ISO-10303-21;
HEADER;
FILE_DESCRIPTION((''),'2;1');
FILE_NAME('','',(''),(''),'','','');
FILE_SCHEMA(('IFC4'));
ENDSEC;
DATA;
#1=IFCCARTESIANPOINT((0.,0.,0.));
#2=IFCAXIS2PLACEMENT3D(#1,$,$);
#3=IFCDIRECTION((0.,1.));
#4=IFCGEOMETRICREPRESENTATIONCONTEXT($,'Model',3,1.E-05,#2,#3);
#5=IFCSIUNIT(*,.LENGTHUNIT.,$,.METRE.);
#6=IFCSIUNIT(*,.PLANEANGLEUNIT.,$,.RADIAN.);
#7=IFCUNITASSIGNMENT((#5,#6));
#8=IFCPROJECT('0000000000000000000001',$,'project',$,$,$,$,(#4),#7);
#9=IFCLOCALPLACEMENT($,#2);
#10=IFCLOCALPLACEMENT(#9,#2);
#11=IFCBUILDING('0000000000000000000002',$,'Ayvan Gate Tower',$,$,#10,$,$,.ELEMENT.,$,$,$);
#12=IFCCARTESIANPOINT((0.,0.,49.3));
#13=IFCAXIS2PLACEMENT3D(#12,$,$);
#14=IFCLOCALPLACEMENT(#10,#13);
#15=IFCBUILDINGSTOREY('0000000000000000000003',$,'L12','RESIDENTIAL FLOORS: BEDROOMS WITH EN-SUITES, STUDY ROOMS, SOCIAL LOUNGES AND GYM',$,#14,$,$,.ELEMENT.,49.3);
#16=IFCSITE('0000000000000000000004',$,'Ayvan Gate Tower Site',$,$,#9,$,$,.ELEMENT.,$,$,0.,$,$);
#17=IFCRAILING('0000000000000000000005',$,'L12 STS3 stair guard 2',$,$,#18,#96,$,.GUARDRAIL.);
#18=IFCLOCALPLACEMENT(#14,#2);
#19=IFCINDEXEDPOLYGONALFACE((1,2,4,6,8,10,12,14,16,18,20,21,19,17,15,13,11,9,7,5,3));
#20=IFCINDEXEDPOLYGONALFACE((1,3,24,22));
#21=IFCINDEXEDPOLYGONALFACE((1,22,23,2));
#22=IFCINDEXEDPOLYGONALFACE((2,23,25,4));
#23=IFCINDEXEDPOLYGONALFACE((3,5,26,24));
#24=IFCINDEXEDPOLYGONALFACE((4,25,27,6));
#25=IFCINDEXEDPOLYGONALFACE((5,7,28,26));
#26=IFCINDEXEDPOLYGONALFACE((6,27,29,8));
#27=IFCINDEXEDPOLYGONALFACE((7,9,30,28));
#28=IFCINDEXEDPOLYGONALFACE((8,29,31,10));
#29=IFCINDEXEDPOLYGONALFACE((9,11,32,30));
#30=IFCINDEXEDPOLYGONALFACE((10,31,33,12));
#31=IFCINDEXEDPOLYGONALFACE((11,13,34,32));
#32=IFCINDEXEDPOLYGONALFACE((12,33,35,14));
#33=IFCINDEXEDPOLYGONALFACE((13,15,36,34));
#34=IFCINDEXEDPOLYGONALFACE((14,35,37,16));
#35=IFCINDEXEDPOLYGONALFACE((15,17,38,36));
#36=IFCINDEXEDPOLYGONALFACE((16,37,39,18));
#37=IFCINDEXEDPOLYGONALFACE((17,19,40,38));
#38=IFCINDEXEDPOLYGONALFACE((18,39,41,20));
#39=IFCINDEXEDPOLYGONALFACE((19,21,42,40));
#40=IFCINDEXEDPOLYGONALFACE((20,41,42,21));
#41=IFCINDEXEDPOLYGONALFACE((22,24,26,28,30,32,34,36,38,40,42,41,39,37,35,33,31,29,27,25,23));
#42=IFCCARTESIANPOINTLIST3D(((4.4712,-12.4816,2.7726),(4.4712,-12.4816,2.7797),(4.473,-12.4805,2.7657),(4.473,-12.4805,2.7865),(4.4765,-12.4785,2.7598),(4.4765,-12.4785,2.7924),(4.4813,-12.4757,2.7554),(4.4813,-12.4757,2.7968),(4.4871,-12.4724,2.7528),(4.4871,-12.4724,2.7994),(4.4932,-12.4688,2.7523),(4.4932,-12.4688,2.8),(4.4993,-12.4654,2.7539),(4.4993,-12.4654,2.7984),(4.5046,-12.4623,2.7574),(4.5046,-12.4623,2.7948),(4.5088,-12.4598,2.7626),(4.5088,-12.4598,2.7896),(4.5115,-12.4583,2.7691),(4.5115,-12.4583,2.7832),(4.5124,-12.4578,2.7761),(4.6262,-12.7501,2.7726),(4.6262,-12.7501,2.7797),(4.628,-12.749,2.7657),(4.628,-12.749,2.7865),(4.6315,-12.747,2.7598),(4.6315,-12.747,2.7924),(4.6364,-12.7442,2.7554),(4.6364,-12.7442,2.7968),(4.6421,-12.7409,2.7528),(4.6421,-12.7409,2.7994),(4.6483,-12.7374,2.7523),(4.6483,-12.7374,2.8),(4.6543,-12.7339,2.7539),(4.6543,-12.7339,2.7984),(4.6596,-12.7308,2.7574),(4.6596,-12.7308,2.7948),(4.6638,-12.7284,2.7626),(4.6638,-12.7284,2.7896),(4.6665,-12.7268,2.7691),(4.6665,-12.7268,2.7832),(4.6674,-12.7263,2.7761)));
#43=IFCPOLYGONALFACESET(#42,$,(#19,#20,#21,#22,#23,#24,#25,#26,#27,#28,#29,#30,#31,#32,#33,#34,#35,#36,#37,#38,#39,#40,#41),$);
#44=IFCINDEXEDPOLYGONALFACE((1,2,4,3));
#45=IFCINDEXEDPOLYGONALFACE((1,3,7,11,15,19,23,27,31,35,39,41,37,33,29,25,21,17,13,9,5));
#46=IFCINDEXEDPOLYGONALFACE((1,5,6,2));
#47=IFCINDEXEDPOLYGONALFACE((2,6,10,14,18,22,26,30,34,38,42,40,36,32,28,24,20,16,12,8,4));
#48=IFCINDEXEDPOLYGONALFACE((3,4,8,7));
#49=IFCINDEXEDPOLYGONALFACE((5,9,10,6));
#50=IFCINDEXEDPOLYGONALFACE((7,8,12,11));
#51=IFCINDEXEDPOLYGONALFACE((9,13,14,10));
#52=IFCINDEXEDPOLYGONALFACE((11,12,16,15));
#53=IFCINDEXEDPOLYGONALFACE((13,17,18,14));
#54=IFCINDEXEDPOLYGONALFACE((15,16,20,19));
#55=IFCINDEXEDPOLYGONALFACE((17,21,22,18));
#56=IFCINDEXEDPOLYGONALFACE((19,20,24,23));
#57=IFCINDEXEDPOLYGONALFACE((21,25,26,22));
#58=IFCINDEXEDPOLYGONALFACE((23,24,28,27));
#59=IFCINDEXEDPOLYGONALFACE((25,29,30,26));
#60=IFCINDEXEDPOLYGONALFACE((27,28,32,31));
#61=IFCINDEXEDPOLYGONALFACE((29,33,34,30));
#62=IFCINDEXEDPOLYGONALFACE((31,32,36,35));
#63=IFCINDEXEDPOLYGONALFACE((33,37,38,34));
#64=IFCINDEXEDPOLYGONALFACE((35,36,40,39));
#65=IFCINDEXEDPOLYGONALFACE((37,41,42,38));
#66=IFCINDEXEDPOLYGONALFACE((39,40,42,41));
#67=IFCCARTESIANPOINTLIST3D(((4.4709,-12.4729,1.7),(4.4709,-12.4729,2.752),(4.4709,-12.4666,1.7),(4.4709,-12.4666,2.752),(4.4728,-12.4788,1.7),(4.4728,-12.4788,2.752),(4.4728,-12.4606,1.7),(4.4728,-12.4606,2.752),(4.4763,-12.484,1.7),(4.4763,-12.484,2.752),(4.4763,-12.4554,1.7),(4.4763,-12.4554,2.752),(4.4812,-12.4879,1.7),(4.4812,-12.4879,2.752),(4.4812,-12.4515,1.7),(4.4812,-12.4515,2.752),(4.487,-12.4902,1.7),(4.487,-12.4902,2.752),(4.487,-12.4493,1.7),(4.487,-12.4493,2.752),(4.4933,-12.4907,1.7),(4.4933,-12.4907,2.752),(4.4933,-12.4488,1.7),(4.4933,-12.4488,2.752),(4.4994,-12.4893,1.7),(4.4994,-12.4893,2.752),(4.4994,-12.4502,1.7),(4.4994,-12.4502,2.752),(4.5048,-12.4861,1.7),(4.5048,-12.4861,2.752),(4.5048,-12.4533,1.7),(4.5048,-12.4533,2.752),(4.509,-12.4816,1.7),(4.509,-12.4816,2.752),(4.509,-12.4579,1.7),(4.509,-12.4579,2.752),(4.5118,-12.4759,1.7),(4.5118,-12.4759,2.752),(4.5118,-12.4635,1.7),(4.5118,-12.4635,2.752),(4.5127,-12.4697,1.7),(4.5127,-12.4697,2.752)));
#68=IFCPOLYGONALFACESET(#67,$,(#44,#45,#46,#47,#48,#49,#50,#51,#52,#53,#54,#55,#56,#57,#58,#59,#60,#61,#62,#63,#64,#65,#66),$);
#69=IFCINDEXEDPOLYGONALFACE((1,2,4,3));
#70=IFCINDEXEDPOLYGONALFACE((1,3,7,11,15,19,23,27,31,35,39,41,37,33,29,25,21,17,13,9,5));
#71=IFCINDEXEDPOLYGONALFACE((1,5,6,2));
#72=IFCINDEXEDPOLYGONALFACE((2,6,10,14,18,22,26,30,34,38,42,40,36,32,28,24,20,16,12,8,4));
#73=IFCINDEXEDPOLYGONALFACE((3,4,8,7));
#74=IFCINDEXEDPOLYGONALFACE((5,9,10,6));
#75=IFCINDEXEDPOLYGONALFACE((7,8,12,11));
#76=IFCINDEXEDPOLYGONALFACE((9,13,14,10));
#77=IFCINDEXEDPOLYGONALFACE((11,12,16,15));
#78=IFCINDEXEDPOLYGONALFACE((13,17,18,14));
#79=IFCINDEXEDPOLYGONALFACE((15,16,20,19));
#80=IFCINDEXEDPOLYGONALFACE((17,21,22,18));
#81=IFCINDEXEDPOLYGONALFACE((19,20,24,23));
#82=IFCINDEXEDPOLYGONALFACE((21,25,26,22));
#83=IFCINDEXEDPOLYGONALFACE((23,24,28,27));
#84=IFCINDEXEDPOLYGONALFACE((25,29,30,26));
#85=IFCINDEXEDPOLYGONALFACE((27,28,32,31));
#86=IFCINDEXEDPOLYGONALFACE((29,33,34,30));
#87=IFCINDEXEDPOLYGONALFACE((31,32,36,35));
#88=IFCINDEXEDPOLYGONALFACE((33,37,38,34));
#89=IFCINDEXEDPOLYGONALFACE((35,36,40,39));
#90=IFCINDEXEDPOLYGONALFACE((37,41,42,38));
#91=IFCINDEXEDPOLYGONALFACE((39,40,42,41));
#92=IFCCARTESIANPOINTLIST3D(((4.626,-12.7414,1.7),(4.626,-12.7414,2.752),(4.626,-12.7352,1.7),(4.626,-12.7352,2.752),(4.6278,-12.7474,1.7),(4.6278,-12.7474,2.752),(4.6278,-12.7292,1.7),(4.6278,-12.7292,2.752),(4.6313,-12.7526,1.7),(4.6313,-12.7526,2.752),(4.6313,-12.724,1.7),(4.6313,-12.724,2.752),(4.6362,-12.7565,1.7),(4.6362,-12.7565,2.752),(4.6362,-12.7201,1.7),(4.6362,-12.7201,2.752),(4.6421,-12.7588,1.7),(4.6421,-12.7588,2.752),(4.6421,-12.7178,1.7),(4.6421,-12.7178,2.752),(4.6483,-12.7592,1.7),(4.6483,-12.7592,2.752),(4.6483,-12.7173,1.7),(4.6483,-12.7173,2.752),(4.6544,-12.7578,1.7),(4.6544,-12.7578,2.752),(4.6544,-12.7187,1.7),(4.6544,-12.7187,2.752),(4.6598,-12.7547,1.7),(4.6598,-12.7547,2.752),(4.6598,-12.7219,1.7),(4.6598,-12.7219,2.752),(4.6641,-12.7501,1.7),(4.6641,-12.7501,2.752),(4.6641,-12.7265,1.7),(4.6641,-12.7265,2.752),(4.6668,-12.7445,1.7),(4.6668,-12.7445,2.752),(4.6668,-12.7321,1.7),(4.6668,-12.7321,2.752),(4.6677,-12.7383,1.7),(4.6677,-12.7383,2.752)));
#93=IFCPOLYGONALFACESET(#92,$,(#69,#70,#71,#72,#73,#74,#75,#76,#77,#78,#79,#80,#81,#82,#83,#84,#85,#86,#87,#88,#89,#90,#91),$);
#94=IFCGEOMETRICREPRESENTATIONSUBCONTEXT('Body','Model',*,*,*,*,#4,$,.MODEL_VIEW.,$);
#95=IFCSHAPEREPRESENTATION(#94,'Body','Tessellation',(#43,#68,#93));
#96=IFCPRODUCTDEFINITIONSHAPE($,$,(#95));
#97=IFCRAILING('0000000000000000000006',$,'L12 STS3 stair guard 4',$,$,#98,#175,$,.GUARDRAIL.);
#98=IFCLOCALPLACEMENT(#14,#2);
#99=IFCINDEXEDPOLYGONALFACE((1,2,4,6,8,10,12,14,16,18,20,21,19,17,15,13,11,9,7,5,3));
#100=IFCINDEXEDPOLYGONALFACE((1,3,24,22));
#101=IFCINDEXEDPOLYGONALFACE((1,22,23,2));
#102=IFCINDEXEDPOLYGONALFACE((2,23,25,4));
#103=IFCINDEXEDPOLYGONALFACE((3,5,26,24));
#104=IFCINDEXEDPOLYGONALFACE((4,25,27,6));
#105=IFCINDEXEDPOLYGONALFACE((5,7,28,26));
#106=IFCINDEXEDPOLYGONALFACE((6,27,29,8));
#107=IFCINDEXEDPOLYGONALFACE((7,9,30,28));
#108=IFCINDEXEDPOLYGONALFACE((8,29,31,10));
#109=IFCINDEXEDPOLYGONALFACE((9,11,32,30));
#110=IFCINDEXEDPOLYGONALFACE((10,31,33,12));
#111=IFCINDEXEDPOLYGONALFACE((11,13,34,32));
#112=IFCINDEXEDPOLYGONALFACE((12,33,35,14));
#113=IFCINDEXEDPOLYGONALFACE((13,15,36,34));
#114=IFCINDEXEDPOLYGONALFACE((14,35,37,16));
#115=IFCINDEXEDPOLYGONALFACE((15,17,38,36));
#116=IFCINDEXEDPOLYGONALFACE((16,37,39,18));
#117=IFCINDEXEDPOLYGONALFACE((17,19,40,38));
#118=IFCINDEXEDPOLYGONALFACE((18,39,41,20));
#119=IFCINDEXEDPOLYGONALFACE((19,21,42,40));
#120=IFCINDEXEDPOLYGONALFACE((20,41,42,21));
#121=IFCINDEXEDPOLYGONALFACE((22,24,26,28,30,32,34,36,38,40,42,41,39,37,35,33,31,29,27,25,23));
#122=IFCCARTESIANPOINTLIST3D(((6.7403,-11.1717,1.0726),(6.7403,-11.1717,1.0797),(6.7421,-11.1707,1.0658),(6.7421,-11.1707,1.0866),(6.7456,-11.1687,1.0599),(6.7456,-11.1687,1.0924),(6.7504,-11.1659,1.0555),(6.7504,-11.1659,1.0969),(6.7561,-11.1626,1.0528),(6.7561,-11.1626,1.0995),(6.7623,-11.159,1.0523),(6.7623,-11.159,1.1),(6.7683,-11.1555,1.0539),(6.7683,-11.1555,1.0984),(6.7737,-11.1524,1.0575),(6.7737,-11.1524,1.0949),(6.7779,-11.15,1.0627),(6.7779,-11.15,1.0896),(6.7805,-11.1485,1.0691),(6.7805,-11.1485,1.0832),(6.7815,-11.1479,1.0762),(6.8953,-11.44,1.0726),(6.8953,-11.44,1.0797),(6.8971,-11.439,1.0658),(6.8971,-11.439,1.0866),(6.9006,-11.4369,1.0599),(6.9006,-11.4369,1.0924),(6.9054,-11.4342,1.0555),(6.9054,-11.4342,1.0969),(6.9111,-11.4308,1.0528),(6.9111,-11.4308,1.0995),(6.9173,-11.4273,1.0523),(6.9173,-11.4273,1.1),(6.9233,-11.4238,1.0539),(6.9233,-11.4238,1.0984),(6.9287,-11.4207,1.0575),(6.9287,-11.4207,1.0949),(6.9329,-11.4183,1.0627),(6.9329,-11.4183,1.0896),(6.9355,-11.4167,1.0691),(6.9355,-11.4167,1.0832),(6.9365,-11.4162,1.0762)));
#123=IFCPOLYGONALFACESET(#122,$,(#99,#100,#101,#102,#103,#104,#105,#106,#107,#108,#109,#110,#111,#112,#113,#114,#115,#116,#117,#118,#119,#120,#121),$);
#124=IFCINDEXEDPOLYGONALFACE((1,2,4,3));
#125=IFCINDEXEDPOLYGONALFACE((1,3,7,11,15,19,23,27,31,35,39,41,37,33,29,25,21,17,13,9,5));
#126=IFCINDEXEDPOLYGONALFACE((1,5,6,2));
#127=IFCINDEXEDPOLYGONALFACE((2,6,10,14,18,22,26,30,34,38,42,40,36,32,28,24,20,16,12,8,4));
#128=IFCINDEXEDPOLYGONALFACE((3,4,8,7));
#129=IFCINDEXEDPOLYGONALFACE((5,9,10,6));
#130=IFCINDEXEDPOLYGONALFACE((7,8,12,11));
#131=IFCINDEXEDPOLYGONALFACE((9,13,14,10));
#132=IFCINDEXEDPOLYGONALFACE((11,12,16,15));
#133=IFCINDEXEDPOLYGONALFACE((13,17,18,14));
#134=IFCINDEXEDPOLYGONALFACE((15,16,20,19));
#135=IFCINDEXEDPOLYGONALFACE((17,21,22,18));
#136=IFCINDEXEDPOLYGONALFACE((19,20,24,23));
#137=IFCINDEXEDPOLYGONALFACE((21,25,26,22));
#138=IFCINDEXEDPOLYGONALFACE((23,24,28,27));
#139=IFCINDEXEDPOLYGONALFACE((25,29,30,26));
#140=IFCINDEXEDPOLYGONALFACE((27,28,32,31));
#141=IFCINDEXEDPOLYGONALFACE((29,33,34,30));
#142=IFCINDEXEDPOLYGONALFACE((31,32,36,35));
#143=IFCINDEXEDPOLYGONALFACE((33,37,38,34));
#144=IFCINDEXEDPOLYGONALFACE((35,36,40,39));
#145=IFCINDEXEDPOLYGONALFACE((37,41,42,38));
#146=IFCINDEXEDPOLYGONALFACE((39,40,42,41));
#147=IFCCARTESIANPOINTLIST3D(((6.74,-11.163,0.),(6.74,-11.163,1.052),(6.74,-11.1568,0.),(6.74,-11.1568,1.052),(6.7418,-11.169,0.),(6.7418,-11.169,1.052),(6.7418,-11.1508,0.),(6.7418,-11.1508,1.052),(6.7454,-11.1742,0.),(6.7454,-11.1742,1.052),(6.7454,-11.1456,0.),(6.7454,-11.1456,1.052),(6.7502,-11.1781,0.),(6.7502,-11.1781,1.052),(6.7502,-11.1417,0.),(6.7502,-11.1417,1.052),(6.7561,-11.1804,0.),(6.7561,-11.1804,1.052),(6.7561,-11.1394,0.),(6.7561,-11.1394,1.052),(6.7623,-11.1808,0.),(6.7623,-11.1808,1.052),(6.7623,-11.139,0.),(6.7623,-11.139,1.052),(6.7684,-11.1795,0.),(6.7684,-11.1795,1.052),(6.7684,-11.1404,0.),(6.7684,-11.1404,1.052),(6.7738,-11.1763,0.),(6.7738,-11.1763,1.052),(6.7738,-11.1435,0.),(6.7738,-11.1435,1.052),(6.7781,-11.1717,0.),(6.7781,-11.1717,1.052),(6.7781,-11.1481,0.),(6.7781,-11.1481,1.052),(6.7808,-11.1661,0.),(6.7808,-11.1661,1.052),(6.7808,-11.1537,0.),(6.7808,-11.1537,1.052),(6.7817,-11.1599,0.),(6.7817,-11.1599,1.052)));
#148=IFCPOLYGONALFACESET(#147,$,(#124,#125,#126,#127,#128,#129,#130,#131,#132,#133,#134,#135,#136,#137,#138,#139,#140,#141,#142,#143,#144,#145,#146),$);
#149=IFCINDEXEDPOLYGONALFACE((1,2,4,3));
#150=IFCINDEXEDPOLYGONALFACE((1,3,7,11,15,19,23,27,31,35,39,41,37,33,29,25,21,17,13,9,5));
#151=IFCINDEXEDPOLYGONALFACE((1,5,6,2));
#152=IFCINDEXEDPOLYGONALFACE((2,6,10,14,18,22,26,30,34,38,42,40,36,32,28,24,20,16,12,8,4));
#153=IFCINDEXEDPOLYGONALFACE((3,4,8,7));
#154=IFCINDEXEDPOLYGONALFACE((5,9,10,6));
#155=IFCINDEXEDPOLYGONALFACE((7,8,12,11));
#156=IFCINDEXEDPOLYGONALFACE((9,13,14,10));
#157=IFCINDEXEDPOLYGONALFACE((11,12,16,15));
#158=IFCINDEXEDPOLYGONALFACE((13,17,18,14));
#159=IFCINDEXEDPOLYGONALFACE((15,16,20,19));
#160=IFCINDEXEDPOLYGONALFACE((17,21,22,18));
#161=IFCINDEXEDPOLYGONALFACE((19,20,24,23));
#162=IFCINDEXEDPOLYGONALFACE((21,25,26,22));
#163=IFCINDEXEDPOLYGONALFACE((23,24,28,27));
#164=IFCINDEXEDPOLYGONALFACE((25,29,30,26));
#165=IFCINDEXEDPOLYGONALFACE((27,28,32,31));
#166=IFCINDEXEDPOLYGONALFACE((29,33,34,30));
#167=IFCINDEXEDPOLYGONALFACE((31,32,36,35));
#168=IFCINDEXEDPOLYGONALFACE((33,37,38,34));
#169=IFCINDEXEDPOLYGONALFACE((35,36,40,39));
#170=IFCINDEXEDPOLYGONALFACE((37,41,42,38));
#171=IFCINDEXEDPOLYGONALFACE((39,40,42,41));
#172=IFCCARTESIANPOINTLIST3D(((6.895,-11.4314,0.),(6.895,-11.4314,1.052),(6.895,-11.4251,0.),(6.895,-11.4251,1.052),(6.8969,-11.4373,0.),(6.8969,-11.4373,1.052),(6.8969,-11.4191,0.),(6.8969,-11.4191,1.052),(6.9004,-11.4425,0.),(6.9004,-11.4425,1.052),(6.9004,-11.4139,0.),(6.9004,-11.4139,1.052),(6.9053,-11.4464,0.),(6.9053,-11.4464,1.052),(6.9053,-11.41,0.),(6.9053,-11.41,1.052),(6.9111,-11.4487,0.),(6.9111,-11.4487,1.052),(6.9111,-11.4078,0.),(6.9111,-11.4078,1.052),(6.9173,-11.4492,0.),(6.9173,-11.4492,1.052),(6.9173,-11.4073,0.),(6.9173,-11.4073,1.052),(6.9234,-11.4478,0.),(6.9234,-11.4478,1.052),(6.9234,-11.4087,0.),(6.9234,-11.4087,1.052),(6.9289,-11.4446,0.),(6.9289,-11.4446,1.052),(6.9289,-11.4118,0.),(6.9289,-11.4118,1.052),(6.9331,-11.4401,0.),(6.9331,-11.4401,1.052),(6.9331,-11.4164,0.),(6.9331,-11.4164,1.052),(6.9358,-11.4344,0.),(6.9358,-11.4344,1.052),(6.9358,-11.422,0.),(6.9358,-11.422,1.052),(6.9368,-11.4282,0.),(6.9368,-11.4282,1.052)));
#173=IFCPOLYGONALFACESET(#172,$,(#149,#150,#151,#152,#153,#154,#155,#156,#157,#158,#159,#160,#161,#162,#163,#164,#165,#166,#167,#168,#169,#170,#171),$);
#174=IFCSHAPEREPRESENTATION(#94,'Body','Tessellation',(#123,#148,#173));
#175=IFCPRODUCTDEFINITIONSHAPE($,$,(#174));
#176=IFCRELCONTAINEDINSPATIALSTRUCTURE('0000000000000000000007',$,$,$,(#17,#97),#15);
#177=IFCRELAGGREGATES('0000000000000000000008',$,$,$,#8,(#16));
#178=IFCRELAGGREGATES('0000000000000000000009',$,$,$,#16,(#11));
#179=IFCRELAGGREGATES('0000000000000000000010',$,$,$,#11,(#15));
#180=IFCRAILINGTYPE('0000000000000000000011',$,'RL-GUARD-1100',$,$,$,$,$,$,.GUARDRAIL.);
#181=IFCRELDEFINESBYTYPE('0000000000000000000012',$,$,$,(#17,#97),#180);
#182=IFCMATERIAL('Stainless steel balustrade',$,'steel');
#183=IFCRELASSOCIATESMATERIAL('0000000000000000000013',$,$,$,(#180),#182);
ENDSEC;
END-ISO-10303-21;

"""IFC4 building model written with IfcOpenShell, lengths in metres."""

from ifc_helpers import new_model, si_unit, direction, frame, origin, origin_2d, place, context, subcontext, project, spatial, circle, extrude, material, type_object, element, save


model = new_model("IFC4")

# Units and contexts
model_context = context("Model", 3, precision=1e-05, world=origin(), true_north=direction((0.0, 1.0)))
body_context = subcontext(model_context, "Body", "Model", "MODEL_VIEW")
ifc_project = project(units=[si_unit("LENGTHUNIT", "METRE"), si_unit("PLANEANGLEUNIT", "RADIAN")], contexts=[model_context])

# Site, building, storey
site_placement = place(None, origin())
site = spatial("IfcSite", under=ifc_project, at=site_placement, Name="Ayvan Gate Tower Site", CompositionType="ELEMENT", RefElevation=0.0)
building_placement = place(site_placement, origin())
building = spatial("IfcBuilding", under=site, at=building_placement, Name="Ayvan Gate Tower", CompositionType="ELEMENT")
storey_placement = place(building_placement, frame((0.0, 0.0, 49.3)))
storey = spatial("IfcBuildingStorey", under=building, at=storey_placement, Name="L12", Description="RESIDENTIAL FLOORS: BEDROOMS WITH EN-SUITES, STUDY ROOMS, SOCIAL LOUNGES AND GYM", CompositionType="ELEMENT", Elevation=49.3)

# Railings
ifc_material_1 = material(Name="Stainless steel balustrade", Category="steel")
railing_type_1 = type_object("IfcRailingType", Name="RL-GUARD-1100", PredefinedType="GUARDRAIL", material=ifc_material_1)
railing_1_placement = place(storey_placement, frame((4.4917, -12.4697, 1.7)))
element("IfcRailing", 1, at=railing_1_placement, inside=storey, type_object=railing_type_1, Name="L12 STS3 stair guard 2", PredefinedType="GUARDRAIL", context=body_context, shape_type="SweptSolid", body=[
    extrude(circle(Radius=0.0239, at=origin_2d()), frame((0.0, 0.0, 1.0762), z_axis=(0.49995, -0.866054, 0.0), x_axis=(0.866054, 0.49995, 0.0)), (0.0, 0.0, 1.0), 0.3101),
    extrude(circle(Radius=0.021, at=origin_2d()), origin(), (0.0, 0.0, 1.0), 1.052),
    extrude(circle(Radius=0.021, at=origin_2d()), frame((0.155, -0.2686, 0.0)), (0.0, 0.0, 1.0), 1.052),
])
railing_2_placement = place(storey_placement, frame((6.7607, -11.1599, 0.0)))
element("IfcRailing", 2, at=railing_2_placement, inside=storey, type_object=railing_type_1, Name="L12 STS3 stair guard 4", PredefinedType="GUARDRAIL", context=body_context, shape_type="SweptSolid", body=[
    extrude(circle(Radius=0.0239, at=origin_2d()), frame((0.0, 0.0, 1.0762), z_axis=(0.500291, -0.865857, 0.0), x_axis=(0.865857, 0.500291, 0.0)), (0.0, 0.0, 1.0), 0.3098),
    extrude(circle(Radius=0.021, at=origin_2d()), origin(), (0.0, 0.0, 1.0), 1.052),
    extrude(circle(Radius=0.021, at=origin_2d()), frame((0.155, -0.2683, 0.0)), (0.0, 0.0, 1.0), 1.052),
])

save(model, "model.ifc")
